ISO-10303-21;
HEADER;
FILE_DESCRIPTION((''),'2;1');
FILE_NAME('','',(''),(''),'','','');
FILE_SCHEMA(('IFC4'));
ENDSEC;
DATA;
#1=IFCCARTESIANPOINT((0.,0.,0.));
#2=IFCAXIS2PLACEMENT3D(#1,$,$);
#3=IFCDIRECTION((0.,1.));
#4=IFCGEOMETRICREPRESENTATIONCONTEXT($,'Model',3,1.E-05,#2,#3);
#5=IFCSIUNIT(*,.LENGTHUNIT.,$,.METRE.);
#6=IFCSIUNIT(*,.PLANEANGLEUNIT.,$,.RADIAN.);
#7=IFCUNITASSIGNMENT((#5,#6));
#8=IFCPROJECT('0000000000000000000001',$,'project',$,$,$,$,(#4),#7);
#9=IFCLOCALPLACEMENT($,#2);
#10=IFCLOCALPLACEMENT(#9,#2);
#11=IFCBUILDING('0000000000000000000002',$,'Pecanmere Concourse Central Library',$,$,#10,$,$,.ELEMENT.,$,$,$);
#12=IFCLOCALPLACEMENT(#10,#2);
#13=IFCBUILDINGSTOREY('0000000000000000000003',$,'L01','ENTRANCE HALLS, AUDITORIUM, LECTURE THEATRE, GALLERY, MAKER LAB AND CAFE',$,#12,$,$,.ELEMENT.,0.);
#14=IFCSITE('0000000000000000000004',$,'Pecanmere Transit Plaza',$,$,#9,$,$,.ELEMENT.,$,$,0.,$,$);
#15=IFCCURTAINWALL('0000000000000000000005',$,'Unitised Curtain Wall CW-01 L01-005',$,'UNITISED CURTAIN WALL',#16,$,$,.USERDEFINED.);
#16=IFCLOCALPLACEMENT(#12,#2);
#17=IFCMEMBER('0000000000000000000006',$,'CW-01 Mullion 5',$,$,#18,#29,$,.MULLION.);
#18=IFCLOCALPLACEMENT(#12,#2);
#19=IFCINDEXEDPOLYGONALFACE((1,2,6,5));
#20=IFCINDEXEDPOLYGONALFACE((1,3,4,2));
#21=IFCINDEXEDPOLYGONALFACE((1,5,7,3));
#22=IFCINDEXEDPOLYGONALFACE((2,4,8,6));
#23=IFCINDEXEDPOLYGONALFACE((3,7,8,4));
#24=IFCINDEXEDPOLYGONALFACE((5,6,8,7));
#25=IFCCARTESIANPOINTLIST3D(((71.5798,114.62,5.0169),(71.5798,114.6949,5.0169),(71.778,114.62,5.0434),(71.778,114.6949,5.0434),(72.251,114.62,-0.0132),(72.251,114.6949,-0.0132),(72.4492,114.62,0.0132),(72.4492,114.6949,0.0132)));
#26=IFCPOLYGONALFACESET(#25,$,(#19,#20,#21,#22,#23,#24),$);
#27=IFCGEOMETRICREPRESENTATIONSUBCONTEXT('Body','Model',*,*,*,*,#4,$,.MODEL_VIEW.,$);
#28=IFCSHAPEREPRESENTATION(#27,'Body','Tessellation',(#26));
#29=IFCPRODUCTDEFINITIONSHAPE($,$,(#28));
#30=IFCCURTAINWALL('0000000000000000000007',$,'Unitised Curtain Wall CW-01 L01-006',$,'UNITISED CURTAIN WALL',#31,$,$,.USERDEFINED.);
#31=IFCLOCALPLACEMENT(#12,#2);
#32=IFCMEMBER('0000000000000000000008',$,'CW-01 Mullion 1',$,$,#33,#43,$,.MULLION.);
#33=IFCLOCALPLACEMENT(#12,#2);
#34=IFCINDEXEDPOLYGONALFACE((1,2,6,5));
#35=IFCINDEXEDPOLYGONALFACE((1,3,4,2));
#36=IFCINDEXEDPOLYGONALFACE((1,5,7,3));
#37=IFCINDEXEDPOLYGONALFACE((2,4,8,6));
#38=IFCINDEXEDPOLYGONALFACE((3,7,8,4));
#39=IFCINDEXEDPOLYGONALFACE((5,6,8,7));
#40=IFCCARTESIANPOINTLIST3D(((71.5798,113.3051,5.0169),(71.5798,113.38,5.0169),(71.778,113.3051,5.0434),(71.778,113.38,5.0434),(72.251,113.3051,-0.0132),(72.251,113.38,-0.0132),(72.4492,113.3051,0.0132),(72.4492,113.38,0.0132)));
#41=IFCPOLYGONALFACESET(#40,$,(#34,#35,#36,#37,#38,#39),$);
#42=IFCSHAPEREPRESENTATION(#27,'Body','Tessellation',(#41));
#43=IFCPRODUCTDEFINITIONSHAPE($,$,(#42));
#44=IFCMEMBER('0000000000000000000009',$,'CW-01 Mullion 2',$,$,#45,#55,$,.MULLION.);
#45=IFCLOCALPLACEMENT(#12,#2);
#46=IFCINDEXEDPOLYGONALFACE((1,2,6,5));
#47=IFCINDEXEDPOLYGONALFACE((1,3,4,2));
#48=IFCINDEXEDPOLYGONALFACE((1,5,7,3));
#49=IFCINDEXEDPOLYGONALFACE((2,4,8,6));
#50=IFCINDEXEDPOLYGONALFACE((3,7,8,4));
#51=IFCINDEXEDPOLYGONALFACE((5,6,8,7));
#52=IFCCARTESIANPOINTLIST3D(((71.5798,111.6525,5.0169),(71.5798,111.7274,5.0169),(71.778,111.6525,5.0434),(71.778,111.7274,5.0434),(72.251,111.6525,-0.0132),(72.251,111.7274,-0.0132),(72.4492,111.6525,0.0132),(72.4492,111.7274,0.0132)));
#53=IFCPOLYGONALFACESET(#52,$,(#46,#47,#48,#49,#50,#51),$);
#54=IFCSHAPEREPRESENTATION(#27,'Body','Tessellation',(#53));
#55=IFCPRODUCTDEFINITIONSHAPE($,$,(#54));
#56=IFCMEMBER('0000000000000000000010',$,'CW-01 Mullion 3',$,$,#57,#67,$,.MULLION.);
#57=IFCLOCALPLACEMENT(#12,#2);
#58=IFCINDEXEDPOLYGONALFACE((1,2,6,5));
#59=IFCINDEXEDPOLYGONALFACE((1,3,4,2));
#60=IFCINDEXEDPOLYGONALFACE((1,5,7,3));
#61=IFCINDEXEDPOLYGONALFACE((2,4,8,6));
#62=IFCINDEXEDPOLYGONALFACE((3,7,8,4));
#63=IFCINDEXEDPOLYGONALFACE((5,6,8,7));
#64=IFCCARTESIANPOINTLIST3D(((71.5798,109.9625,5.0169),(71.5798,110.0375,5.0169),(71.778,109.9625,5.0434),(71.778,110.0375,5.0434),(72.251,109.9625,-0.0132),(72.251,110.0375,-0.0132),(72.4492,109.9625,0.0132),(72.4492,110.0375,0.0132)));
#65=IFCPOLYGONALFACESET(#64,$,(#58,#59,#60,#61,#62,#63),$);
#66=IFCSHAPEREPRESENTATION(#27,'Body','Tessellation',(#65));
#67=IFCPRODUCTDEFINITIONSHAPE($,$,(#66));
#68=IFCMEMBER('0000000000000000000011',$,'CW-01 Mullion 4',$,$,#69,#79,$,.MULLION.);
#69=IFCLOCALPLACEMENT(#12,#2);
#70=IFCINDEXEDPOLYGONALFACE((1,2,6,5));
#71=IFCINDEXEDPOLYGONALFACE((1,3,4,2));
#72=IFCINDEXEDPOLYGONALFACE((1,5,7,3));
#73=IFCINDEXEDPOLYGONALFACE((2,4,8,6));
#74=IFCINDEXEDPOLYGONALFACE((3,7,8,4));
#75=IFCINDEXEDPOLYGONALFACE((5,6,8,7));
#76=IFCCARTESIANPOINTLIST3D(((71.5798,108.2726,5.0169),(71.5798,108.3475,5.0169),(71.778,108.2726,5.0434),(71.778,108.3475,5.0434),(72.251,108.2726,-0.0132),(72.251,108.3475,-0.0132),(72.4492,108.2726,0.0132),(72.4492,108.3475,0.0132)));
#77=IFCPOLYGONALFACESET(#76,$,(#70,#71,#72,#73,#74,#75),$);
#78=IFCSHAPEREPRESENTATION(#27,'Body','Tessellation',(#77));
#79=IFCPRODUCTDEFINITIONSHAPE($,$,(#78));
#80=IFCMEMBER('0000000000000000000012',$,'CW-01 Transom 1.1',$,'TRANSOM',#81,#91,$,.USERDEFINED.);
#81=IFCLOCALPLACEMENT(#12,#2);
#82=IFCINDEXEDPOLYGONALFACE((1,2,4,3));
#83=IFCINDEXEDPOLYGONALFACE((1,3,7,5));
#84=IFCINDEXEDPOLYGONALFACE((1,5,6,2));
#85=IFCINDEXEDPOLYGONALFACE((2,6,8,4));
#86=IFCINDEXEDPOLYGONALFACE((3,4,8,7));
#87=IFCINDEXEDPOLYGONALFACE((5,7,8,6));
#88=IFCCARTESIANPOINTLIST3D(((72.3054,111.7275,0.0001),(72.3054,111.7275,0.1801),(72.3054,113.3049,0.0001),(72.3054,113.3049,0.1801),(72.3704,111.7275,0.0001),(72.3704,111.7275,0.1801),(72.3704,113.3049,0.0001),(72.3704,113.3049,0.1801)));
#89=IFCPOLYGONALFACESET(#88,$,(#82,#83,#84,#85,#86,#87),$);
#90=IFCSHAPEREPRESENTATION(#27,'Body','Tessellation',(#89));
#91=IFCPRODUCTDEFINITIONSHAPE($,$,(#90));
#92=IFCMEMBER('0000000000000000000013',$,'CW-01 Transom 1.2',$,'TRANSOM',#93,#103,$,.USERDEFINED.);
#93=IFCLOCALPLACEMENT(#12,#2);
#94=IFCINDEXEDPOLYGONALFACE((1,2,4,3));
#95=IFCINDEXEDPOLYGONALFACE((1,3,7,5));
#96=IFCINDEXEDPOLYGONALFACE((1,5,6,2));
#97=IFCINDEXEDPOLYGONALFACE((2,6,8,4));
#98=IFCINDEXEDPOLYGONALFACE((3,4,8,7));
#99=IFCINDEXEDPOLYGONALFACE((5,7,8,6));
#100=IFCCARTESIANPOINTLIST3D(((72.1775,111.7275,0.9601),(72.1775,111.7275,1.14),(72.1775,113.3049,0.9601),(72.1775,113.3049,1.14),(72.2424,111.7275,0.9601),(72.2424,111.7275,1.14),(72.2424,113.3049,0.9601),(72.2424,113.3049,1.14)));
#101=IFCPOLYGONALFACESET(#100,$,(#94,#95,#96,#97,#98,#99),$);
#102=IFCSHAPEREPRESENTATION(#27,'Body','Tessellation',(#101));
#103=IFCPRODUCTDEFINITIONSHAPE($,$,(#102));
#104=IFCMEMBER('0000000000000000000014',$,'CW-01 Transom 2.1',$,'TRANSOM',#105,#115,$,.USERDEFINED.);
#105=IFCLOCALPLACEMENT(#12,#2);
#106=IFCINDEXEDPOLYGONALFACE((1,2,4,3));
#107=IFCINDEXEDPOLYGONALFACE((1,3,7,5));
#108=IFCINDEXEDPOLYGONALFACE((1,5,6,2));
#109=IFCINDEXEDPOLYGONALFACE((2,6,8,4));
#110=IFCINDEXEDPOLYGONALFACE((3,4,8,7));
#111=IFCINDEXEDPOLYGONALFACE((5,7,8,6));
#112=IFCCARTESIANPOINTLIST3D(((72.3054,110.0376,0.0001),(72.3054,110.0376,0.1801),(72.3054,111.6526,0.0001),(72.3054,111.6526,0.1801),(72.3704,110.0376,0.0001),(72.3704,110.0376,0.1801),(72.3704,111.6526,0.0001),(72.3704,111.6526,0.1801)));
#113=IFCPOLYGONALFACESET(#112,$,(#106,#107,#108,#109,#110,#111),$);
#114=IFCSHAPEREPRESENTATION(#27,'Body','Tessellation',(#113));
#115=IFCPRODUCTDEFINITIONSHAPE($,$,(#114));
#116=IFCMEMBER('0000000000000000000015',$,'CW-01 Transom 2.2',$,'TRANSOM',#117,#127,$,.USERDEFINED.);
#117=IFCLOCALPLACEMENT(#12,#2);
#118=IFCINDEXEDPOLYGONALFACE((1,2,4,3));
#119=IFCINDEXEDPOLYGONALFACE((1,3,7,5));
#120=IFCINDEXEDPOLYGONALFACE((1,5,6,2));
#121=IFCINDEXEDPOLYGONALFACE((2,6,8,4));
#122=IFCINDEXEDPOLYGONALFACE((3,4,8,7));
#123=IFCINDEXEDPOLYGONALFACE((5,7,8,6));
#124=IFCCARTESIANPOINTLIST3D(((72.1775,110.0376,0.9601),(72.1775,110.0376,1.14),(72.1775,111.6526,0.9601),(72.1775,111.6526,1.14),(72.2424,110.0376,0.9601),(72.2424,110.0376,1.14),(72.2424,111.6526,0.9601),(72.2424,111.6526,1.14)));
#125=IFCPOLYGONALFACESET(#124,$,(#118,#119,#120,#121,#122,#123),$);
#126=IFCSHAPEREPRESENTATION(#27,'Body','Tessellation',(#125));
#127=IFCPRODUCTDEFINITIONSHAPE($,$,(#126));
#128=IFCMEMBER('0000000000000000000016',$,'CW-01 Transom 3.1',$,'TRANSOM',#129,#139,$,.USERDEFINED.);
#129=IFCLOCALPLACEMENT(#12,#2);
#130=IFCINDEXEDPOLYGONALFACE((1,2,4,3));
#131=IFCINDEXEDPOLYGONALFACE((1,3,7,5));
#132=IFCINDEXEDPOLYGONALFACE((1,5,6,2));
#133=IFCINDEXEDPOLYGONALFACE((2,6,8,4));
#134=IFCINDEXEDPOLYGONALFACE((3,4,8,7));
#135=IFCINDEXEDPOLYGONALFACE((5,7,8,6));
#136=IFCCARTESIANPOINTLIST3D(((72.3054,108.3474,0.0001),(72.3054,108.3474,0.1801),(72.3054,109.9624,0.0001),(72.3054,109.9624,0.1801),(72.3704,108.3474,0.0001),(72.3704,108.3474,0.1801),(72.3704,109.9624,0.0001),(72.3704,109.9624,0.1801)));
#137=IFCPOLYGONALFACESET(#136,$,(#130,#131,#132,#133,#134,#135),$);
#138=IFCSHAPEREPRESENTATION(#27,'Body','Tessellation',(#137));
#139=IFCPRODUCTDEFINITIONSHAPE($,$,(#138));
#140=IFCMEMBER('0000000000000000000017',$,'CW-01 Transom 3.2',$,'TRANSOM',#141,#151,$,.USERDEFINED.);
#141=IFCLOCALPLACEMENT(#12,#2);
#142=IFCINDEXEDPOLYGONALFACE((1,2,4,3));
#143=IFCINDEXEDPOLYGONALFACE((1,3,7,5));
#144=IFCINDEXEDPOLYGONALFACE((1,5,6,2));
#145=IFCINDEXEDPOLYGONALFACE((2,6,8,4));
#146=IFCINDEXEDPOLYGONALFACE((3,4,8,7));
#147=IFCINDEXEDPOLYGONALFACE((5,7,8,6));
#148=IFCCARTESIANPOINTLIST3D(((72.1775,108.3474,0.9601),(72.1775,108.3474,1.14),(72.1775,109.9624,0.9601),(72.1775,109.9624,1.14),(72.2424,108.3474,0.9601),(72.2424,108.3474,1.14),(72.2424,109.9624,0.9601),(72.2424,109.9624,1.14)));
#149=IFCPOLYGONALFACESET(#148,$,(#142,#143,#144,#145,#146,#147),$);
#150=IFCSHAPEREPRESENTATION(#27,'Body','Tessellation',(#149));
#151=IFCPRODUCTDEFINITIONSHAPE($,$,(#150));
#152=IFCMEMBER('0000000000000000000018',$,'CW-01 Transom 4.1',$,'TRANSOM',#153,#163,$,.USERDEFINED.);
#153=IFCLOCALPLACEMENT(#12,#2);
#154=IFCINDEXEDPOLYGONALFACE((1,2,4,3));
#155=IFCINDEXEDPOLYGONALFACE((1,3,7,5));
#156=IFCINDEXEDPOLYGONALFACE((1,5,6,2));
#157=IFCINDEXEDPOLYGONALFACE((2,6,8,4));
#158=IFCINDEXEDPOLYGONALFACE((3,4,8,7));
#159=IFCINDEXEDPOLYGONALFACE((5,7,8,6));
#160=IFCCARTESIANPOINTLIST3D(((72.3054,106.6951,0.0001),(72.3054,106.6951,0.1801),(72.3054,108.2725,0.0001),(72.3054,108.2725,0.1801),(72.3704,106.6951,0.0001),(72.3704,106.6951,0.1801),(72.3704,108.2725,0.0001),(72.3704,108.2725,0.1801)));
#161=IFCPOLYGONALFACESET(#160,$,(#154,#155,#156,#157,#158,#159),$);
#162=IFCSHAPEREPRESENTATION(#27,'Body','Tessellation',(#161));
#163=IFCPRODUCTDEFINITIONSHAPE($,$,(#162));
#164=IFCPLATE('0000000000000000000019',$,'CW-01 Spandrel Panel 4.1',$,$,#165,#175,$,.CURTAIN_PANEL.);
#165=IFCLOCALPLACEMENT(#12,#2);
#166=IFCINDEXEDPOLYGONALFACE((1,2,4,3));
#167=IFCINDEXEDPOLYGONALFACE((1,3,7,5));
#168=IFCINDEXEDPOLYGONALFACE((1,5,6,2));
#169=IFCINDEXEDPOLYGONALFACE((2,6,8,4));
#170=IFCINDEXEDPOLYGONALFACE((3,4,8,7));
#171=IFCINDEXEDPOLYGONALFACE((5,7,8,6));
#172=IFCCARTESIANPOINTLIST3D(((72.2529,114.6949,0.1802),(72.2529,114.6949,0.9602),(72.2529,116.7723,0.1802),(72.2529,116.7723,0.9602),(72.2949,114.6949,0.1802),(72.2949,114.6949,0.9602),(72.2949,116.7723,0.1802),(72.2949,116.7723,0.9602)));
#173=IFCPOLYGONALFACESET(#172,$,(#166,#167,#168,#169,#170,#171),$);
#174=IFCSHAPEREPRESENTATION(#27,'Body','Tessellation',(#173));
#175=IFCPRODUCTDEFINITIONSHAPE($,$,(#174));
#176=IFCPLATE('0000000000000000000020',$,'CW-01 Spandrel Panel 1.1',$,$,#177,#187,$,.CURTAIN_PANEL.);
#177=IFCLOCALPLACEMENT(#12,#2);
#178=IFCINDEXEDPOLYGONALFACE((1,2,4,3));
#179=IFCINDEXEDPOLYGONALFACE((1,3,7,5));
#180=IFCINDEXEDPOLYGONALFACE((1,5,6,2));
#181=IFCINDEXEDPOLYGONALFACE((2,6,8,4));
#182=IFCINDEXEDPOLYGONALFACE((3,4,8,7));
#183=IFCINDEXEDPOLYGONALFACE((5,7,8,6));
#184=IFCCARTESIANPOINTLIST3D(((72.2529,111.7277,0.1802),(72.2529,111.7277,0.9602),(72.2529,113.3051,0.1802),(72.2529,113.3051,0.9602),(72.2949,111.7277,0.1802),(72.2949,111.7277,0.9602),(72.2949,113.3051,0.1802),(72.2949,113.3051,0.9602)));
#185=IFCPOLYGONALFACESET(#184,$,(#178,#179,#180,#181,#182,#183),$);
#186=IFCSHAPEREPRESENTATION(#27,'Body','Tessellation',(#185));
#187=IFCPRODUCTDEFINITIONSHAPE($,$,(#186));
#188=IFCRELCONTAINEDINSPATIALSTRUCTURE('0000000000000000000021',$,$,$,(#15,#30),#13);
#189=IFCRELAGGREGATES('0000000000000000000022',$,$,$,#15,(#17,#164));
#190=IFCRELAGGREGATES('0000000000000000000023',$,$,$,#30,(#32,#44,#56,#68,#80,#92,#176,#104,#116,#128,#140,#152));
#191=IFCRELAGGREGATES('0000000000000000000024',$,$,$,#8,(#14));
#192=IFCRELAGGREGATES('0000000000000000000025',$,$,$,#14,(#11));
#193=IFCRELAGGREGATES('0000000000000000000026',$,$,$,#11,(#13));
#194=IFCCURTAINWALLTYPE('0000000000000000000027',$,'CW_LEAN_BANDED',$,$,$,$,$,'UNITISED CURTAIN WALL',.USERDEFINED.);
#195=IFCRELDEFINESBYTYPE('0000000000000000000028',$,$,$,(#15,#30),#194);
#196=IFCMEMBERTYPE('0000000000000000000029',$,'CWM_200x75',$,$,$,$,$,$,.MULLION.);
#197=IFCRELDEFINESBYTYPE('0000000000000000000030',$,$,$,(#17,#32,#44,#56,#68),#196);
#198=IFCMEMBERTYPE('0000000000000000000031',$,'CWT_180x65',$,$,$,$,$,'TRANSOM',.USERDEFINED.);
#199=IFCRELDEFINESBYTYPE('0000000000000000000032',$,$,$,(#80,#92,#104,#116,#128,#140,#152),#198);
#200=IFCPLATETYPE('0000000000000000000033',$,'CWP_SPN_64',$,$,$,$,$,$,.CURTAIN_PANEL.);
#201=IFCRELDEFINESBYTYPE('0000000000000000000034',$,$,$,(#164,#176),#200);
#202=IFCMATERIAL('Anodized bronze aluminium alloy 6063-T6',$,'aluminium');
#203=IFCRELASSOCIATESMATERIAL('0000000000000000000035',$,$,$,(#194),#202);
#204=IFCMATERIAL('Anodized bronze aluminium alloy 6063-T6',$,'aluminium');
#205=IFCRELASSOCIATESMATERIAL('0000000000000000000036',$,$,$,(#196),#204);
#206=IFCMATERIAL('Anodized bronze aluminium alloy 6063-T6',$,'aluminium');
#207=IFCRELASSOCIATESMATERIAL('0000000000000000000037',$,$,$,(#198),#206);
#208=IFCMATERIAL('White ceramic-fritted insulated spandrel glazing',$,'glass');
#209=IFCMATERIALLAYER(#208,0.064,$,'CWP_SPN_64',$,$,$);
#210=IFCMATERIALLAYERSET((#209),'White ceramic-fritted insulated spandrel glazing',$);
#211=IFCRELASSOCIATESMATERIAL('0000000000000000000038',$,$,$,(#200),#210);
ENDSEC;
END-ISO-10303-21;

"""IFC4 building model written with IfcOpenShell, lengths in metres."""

from ifc_helpers import new_model, si_unit, direction, frame, origin, origin_2d, place, context, subcontext, project, spatial, rectangle, extrude, material, layer, layer_set, material_profile, profile_set, type_object, element, aggregate, save


model = new_model("IFC4")

# Units and contexts
model_context = context("Model", 3, precision=1e-05, world=origin(), true_north=direction((0.0, 1.0)))
body_context = subcontext(model_context, "Body", "Model", "MODEL_VIEW")
ifc_project = project(units=[si_unit("LENGTHUNIT", "METRE"), si_unit("PLANEANGLEUNIT", "RADIAN")], contexts=[model_context])

# Site, building, storey
site_placement = place(None, origin())
site = spatial("IfcSite", under=ifc_project, at=site_placement, Name="Pecanmere Transit Plaza", CompositionType="ELEMENT", RefElevation=0.0)
building_placement = place(site_placement, origin())
building = spatial("IfcBuilding", under=site, at=building_placement, Name="Pecanmere Concourse Central Library", CompositionType="ELEMENT")
storey_placement = place(building_placement, origin())
storey = spatial("IfcBuildingStorey", under=building, at=storey_placement, Name="L01", Description="ENTRANCE HALLS, AUDITORIUM, LECTURE THEATRE, GALLERY, MAKER LAB AND CAFE", CompositionType="ELEMENT", Elevation=0.0)

# Curtain wall, member
ifc_material_1 = material(Name="Anodized bronze aluminium alloy 6063-T6", Category="aluminium")
curtain_wall_type = type_object("IfcCurtainWallType", Name="CW_LEAN_BANDED", ElementType="UNITISED CURTAIN WALL", PredefinedType="USERDEFINED", material=ifc_material_1)
curtain_wall_1_placement = place(storey_placement, origin())
curtain_wall_1 = element("IfcCurtainWall", 1, at=curtain_wall_1_placement, inside=storey, type_object=curtain_wall_type, Name="Unitised Curtain Wall CW-01 L01-005", ObjectType="UNITISED CURTAIN WALL", PredefinedType="USERDEFINED")
ifc_material_2 = material(Name="Anodized bronze aluminium alloy 6063-T6", Category="aluminium")
ifc_material_profile_1 = material_profile(ifc_material_2, rectangle(XDim=0.075, YDim=0.2, at=origin_2d()), Name="AL 75x200")
ifc_profile_set_1 = profile_set([ifc_material_profile_1], Name="Anodized bronze aluminium alloy 6063-T6")
member_type_1 = type_object("IfcMemberType", Name="CWM_200x75", PredefinedType="MULLION", material=ifc_profile_set_1)
member_1_placement = place(storey_placement, frame((72.3501, 114.6575, 0.0), z_axis=(-0.132255, 0.0, 0.991216), x_axis=(0.0, -1.0, 0.0)))
member_1 = element("IfcMember", 2, at=member_1_placement, type_object=member_type_1, Name="CW-01 Mullion 5", PredefinedType="MULLION", context=body_context, shape_type="SweptSolid", body=[
    extrude(rectangle(XDim=0.075, YDim=0.2, at=origin_2d()), origin(), (0.0, 0.0, 1.0), 5.0747),
])

# Curtain wall, members
curtain_wall_2_placement = place(storey_placement, origin())
curtain_wall_2 = element("IfcCurtainWall", 3, at=curtain_wall_2_placement, inside=storey, type_object=curtain_wall_type, Name="Unitised Curtain Wall CW-01 L01-006", ObjectType="UNITISED CURTAIN WALL", PredefinedType="USERDEFINED")
member_2_placement = place(storey_placement, frame((72.3501, 113.3425, 0.0), z_axis=(-0.132255, 0.0, 0.991216), x_axis=(0.0, -1.0, 0.0)))
member_2 = element("IfcMember", 4, at=member_2_placement, type_object=member_type_1, Name="CW-01 Mullion 1", PredefinedType="MULLION", context=body_context, shape_type="SweptSolid", body=[
    extrude(rectangle(XDim=0.075, YDim=0.2, at=origin_2d()), origin(), (0.0, 0.0, 1.0), 5.0747),
])
member_3_placement = place(storey_placement, frame((72.3501, 111.6899, 0.0), z_axis=(-0.132255, 0.0, 0.991216), x_axis=(0.0, -1.0, 0.0)))
member_3 = element("IfcMember", 5, at=member_3_placement, type_object=member_type_1, Name="CW-01 Mullion 2", PredefinedType="MULLION", context=body_context, shape_type="SweptSolid", body=[
    extrude(rectangle(XDim=0.075, YDim=0.2, at=origin_2d()), origin(), (0.0, 0.0, 1.0), 5.0747),
])
member_4_placement = place(storey_placement, frame((72.3501, 110.0, 0.0), z_axis=(-0.132255, 0.0, 0.991216), x_axis=(0.0, -1.0, 0.0)))
member_4 = element("IfcMember", 6, at=member_4_placement, type_object=member_type_1, Name="CW-01 Mullion 3", PredefinedType="MULLION", context=body_context, shape_type="SweptSolid", body=[
    extrude(rectangle(XDim=0.075, YDim=0.2, at=origin_2d()), origin(), (0.0, 0.0, 1.0), 5.0747),
])
member_5_placement = place(storey_placement, frame((72.3501, 108.3101, 0.0), z_axis=(-0.132255, 0.0, 0.991216), x_axis=(0.0, -1.0, 0.0)))
member_5 = element("IfcMember", 7, at=member_5_placement, type_object=member_type_1, Name="CW-01 Mullion 4", PredefinedType="MULLION", context=body_context, shape_type="SweptSolid", body=[
    extrude(rectangle(XDim=0.075, YDim=0.2, at=origin_2d()), origin(), (0.0, 0.0, 1.0), 5.0747),
])
ifc_material_3 = material(Name="Anodized bronze aluminium alloy 6063-T6", Category="aluminium")
ifc_material_profile_2 = material_profile(ifc_material_3, rectangle(XDim=0.0649, YDim=0.1799, at=origin_2d()), Name="AL 65x180")
ifc_profile_set_2 = profile_set([ifc_material_profile_2], Name="Anodized bronze aluminium alloy 6063-T6")
member_type_2 = type_object("IfcMemberType", Name="CWT_180x65", ElementType="TRANSOM", PredefinedType="USERDEFINED", material=ifc_profile_set_2)
member_6_placement = place(storey_placement, frame((72.3379, 113.3049, 0.0901), z_axis=(0.0, -1.0, 0.0), x_axis=(1.0, 0.0, 0.0)))
member_6 = element("IfcMember", 8, at=member_6_placement, type_object=member_type_2, Name="CW-01 Transom 1.1", ObjectType="TRANSOM", PredefinedType="USERDEFINED", context=body_context, shape_type="SweptSolid", body=[
    extrude(rectangle(XDim=0.0649, YDim=0.1799, at=origin_2d()), origin(), (0.0, 0.0, 1.0), 1.5774),
])
member_7_placement = place(storey_placement, frame((72.21, 113.3049, 1.05), z_axis=(0.0, -1.0, 0.0), x_axis=(1.0, 0.0, 0.0)))
member_7 = element("IfcMember", 9, at=member_7_placement, type_object=member_type_2, Name="CW-01 Transom 1.2", ObjectType="TRANSOM", PredefinedType="USERDEFINED", context=body_context, shape_type="SweptSolid", body=[
    extrude(rectangle(XDim=0.0649, YDim=0.1799, at=origin_2d()), origin(), (0.0, 0.0, 1.0), 1.5774),
])
member_8_placement = place(storey_placement, frame((72.3379, 111.6526, 0.0901), z_axis=(0.0, -1.0, 0.0), x_axis=(1.0, 0.0, 0.0)))
member_8 = element("IfcMember", 10, at=member_8_placement, type_object=member_type_2, Name="CW-01 Transom 2.1", ObjectType="TRANSOM", PredefinedType="USERDEFINED", context=body_context, shape_type="SweptSolid", body=[
    extrude(rectangle(XDim=0.0649, YDim=0.1799, at=origin_2d()), origin(), (0.0, 0.0, 1.0), 1.615),
])
member_9_placement = place(storey_placement, frame((72.21, 111.6526, 1.05), z_axis=(0.0, -1.0, 0.0), x_axis=(1.0, 0.0, 0.0)))
member_9 = element("IfcMember", 11, at=member_9_placement, type_object=member_type_2, Name="CW-01 Transom 2.2", ObjectType="TRANSOM", PredefinedType="USERDEFINED", context=body_context, shape_type="SweptSolid", body=[
    extrude(rectangle(XDim=0.0649, YDim=0.1799, at=origin_2d()), origin(), (0.0, 0.0, 1.0), 1.615),
])
member_10_placement = place(storey_placement, frame((72.3379, 109.9624, 0.0901), z_axis=(0.0, -1.0, 0.0), x_axis=(1.0, 0.0, 0.0)))
member_10 = element("IfcMember", 12, at=member_10_placement, type_object=member_type_2, Name="CW-01 Transom 3.1", ObjectType="TRANSOM", PredefinedType="USERDEFINED", context=body_context, shape_type="SweptSolid", body=[
    extrude(rectangle(XDim=0.0649, YDim=0.1799, at=origin_2d()), origin(), (0.0, 0.0, 1.0), 1.615),
])
member_11_placement = place(storey_placement, frame((72.21, 109.9624, 1.05), z_axis=(0.0, -1.0, 0.0), x_axis=(1.0, 0.0, 0.0)))
member_11 = element("IfcMember", 13, at=member_11_placement, type_object=member_type_2, Name="CW-01 Transom 3.2", ObjectType="TRANSOM", PredefinedType="USERDEFINED", context=body_context, shape_type="SweptSolid", body=[
    extrude(rectangle(XDim=0.0649, YDim=0.1799, at=origin_2d()), origin(), (0.0, 0.0, 1.0), 1.615),
])
member_12_placement = place(storey_placement, frame((72.3379, 108.2725, 0.0901), z_axis=(0.0, -1.0, 0.0), x_axis=(1.0, 0.0, 0.0)))
member_12 = element("IfcMember", 14, at=member_12_placement, type_object=member_type_2, Name="CW-01 Transom 4.1", ObjectType="TRANSOM", PredefinedType="USERDEFINED", context=body_context, shape_type="SweptSolid", body=[
    extrude(rectangle(XDim=0.0649, YDim=0.1799, at=origin_2d()), origin(), (0.0, 0.0, 1.0), 1.5774),
])

# Plates
ifc_material_4 = material(Name="White ceramic-fritted insulated spandrel glazing", Category="glass")
ifc_layer_1 = layer(ifc_material_4, 0.064, Name="CWP_SPN_64")
ifc_layer_set_1 = layer_set([ifc_layer_1], Name="White ceramic-fritted insulated spandrel glazing")
plate_type = type_object("IfcPlateType", Name="CWP_SPN_64", PredefinedType="CURTAIN_PANEL", material=ifc_layer_set_1)
plate_1_placement = place(storey_placement, frame((72.2739, 115.7336, 0.1802), z_axis=(0.0, 0.0, 1.0), x_axis=(0.0, -1.0, 0.0)))
plate_1 = element("IfcPlate", 15, at=plate_1_placement, type_object=plate_type, Name="CW-01 Spandrel Panel 4.1", PredefinedType="CURTAIN_PANEL", context=body_context, shape_type="SweptSolid", body=[
    extrude(rectangle(XDim=2.0774, YDim=0.042, at=origin_2d()), origin(), (0.0, 0.0, 1.0), 0.78),
])
aggregate(curtain_wall_1, [member_1, plate_1])
plate_2_placement = place(storey_placement, frame((72.2739, 112.5164, 0.1802), z_axis=(0.0, 0.0, 1.0), x_axis=(0.0, -1.0, 0.0)))
plate_2 = element("IfcPlate", 16, at=plate_2_placement, type_object=plate_type, Name="CW-01 Spandrel Panel 1.1", PredefinedType="CURTAIN_PANEL", context=body_context, shape_type="SweptSolid", body=[
    extrude(rectangle(XDim=1.5774, YDim=0.042, at=origin_2d()), origin(), (0.0, 0.0, 1.0), 0.78),
])
aggregate(curtain_wall_2, [member_2, member_3, member_4, member_5, member_6, member_7, plate_2, member_8, member_9, member_10, member_11, member_12])

save(model, "model.ifc")
